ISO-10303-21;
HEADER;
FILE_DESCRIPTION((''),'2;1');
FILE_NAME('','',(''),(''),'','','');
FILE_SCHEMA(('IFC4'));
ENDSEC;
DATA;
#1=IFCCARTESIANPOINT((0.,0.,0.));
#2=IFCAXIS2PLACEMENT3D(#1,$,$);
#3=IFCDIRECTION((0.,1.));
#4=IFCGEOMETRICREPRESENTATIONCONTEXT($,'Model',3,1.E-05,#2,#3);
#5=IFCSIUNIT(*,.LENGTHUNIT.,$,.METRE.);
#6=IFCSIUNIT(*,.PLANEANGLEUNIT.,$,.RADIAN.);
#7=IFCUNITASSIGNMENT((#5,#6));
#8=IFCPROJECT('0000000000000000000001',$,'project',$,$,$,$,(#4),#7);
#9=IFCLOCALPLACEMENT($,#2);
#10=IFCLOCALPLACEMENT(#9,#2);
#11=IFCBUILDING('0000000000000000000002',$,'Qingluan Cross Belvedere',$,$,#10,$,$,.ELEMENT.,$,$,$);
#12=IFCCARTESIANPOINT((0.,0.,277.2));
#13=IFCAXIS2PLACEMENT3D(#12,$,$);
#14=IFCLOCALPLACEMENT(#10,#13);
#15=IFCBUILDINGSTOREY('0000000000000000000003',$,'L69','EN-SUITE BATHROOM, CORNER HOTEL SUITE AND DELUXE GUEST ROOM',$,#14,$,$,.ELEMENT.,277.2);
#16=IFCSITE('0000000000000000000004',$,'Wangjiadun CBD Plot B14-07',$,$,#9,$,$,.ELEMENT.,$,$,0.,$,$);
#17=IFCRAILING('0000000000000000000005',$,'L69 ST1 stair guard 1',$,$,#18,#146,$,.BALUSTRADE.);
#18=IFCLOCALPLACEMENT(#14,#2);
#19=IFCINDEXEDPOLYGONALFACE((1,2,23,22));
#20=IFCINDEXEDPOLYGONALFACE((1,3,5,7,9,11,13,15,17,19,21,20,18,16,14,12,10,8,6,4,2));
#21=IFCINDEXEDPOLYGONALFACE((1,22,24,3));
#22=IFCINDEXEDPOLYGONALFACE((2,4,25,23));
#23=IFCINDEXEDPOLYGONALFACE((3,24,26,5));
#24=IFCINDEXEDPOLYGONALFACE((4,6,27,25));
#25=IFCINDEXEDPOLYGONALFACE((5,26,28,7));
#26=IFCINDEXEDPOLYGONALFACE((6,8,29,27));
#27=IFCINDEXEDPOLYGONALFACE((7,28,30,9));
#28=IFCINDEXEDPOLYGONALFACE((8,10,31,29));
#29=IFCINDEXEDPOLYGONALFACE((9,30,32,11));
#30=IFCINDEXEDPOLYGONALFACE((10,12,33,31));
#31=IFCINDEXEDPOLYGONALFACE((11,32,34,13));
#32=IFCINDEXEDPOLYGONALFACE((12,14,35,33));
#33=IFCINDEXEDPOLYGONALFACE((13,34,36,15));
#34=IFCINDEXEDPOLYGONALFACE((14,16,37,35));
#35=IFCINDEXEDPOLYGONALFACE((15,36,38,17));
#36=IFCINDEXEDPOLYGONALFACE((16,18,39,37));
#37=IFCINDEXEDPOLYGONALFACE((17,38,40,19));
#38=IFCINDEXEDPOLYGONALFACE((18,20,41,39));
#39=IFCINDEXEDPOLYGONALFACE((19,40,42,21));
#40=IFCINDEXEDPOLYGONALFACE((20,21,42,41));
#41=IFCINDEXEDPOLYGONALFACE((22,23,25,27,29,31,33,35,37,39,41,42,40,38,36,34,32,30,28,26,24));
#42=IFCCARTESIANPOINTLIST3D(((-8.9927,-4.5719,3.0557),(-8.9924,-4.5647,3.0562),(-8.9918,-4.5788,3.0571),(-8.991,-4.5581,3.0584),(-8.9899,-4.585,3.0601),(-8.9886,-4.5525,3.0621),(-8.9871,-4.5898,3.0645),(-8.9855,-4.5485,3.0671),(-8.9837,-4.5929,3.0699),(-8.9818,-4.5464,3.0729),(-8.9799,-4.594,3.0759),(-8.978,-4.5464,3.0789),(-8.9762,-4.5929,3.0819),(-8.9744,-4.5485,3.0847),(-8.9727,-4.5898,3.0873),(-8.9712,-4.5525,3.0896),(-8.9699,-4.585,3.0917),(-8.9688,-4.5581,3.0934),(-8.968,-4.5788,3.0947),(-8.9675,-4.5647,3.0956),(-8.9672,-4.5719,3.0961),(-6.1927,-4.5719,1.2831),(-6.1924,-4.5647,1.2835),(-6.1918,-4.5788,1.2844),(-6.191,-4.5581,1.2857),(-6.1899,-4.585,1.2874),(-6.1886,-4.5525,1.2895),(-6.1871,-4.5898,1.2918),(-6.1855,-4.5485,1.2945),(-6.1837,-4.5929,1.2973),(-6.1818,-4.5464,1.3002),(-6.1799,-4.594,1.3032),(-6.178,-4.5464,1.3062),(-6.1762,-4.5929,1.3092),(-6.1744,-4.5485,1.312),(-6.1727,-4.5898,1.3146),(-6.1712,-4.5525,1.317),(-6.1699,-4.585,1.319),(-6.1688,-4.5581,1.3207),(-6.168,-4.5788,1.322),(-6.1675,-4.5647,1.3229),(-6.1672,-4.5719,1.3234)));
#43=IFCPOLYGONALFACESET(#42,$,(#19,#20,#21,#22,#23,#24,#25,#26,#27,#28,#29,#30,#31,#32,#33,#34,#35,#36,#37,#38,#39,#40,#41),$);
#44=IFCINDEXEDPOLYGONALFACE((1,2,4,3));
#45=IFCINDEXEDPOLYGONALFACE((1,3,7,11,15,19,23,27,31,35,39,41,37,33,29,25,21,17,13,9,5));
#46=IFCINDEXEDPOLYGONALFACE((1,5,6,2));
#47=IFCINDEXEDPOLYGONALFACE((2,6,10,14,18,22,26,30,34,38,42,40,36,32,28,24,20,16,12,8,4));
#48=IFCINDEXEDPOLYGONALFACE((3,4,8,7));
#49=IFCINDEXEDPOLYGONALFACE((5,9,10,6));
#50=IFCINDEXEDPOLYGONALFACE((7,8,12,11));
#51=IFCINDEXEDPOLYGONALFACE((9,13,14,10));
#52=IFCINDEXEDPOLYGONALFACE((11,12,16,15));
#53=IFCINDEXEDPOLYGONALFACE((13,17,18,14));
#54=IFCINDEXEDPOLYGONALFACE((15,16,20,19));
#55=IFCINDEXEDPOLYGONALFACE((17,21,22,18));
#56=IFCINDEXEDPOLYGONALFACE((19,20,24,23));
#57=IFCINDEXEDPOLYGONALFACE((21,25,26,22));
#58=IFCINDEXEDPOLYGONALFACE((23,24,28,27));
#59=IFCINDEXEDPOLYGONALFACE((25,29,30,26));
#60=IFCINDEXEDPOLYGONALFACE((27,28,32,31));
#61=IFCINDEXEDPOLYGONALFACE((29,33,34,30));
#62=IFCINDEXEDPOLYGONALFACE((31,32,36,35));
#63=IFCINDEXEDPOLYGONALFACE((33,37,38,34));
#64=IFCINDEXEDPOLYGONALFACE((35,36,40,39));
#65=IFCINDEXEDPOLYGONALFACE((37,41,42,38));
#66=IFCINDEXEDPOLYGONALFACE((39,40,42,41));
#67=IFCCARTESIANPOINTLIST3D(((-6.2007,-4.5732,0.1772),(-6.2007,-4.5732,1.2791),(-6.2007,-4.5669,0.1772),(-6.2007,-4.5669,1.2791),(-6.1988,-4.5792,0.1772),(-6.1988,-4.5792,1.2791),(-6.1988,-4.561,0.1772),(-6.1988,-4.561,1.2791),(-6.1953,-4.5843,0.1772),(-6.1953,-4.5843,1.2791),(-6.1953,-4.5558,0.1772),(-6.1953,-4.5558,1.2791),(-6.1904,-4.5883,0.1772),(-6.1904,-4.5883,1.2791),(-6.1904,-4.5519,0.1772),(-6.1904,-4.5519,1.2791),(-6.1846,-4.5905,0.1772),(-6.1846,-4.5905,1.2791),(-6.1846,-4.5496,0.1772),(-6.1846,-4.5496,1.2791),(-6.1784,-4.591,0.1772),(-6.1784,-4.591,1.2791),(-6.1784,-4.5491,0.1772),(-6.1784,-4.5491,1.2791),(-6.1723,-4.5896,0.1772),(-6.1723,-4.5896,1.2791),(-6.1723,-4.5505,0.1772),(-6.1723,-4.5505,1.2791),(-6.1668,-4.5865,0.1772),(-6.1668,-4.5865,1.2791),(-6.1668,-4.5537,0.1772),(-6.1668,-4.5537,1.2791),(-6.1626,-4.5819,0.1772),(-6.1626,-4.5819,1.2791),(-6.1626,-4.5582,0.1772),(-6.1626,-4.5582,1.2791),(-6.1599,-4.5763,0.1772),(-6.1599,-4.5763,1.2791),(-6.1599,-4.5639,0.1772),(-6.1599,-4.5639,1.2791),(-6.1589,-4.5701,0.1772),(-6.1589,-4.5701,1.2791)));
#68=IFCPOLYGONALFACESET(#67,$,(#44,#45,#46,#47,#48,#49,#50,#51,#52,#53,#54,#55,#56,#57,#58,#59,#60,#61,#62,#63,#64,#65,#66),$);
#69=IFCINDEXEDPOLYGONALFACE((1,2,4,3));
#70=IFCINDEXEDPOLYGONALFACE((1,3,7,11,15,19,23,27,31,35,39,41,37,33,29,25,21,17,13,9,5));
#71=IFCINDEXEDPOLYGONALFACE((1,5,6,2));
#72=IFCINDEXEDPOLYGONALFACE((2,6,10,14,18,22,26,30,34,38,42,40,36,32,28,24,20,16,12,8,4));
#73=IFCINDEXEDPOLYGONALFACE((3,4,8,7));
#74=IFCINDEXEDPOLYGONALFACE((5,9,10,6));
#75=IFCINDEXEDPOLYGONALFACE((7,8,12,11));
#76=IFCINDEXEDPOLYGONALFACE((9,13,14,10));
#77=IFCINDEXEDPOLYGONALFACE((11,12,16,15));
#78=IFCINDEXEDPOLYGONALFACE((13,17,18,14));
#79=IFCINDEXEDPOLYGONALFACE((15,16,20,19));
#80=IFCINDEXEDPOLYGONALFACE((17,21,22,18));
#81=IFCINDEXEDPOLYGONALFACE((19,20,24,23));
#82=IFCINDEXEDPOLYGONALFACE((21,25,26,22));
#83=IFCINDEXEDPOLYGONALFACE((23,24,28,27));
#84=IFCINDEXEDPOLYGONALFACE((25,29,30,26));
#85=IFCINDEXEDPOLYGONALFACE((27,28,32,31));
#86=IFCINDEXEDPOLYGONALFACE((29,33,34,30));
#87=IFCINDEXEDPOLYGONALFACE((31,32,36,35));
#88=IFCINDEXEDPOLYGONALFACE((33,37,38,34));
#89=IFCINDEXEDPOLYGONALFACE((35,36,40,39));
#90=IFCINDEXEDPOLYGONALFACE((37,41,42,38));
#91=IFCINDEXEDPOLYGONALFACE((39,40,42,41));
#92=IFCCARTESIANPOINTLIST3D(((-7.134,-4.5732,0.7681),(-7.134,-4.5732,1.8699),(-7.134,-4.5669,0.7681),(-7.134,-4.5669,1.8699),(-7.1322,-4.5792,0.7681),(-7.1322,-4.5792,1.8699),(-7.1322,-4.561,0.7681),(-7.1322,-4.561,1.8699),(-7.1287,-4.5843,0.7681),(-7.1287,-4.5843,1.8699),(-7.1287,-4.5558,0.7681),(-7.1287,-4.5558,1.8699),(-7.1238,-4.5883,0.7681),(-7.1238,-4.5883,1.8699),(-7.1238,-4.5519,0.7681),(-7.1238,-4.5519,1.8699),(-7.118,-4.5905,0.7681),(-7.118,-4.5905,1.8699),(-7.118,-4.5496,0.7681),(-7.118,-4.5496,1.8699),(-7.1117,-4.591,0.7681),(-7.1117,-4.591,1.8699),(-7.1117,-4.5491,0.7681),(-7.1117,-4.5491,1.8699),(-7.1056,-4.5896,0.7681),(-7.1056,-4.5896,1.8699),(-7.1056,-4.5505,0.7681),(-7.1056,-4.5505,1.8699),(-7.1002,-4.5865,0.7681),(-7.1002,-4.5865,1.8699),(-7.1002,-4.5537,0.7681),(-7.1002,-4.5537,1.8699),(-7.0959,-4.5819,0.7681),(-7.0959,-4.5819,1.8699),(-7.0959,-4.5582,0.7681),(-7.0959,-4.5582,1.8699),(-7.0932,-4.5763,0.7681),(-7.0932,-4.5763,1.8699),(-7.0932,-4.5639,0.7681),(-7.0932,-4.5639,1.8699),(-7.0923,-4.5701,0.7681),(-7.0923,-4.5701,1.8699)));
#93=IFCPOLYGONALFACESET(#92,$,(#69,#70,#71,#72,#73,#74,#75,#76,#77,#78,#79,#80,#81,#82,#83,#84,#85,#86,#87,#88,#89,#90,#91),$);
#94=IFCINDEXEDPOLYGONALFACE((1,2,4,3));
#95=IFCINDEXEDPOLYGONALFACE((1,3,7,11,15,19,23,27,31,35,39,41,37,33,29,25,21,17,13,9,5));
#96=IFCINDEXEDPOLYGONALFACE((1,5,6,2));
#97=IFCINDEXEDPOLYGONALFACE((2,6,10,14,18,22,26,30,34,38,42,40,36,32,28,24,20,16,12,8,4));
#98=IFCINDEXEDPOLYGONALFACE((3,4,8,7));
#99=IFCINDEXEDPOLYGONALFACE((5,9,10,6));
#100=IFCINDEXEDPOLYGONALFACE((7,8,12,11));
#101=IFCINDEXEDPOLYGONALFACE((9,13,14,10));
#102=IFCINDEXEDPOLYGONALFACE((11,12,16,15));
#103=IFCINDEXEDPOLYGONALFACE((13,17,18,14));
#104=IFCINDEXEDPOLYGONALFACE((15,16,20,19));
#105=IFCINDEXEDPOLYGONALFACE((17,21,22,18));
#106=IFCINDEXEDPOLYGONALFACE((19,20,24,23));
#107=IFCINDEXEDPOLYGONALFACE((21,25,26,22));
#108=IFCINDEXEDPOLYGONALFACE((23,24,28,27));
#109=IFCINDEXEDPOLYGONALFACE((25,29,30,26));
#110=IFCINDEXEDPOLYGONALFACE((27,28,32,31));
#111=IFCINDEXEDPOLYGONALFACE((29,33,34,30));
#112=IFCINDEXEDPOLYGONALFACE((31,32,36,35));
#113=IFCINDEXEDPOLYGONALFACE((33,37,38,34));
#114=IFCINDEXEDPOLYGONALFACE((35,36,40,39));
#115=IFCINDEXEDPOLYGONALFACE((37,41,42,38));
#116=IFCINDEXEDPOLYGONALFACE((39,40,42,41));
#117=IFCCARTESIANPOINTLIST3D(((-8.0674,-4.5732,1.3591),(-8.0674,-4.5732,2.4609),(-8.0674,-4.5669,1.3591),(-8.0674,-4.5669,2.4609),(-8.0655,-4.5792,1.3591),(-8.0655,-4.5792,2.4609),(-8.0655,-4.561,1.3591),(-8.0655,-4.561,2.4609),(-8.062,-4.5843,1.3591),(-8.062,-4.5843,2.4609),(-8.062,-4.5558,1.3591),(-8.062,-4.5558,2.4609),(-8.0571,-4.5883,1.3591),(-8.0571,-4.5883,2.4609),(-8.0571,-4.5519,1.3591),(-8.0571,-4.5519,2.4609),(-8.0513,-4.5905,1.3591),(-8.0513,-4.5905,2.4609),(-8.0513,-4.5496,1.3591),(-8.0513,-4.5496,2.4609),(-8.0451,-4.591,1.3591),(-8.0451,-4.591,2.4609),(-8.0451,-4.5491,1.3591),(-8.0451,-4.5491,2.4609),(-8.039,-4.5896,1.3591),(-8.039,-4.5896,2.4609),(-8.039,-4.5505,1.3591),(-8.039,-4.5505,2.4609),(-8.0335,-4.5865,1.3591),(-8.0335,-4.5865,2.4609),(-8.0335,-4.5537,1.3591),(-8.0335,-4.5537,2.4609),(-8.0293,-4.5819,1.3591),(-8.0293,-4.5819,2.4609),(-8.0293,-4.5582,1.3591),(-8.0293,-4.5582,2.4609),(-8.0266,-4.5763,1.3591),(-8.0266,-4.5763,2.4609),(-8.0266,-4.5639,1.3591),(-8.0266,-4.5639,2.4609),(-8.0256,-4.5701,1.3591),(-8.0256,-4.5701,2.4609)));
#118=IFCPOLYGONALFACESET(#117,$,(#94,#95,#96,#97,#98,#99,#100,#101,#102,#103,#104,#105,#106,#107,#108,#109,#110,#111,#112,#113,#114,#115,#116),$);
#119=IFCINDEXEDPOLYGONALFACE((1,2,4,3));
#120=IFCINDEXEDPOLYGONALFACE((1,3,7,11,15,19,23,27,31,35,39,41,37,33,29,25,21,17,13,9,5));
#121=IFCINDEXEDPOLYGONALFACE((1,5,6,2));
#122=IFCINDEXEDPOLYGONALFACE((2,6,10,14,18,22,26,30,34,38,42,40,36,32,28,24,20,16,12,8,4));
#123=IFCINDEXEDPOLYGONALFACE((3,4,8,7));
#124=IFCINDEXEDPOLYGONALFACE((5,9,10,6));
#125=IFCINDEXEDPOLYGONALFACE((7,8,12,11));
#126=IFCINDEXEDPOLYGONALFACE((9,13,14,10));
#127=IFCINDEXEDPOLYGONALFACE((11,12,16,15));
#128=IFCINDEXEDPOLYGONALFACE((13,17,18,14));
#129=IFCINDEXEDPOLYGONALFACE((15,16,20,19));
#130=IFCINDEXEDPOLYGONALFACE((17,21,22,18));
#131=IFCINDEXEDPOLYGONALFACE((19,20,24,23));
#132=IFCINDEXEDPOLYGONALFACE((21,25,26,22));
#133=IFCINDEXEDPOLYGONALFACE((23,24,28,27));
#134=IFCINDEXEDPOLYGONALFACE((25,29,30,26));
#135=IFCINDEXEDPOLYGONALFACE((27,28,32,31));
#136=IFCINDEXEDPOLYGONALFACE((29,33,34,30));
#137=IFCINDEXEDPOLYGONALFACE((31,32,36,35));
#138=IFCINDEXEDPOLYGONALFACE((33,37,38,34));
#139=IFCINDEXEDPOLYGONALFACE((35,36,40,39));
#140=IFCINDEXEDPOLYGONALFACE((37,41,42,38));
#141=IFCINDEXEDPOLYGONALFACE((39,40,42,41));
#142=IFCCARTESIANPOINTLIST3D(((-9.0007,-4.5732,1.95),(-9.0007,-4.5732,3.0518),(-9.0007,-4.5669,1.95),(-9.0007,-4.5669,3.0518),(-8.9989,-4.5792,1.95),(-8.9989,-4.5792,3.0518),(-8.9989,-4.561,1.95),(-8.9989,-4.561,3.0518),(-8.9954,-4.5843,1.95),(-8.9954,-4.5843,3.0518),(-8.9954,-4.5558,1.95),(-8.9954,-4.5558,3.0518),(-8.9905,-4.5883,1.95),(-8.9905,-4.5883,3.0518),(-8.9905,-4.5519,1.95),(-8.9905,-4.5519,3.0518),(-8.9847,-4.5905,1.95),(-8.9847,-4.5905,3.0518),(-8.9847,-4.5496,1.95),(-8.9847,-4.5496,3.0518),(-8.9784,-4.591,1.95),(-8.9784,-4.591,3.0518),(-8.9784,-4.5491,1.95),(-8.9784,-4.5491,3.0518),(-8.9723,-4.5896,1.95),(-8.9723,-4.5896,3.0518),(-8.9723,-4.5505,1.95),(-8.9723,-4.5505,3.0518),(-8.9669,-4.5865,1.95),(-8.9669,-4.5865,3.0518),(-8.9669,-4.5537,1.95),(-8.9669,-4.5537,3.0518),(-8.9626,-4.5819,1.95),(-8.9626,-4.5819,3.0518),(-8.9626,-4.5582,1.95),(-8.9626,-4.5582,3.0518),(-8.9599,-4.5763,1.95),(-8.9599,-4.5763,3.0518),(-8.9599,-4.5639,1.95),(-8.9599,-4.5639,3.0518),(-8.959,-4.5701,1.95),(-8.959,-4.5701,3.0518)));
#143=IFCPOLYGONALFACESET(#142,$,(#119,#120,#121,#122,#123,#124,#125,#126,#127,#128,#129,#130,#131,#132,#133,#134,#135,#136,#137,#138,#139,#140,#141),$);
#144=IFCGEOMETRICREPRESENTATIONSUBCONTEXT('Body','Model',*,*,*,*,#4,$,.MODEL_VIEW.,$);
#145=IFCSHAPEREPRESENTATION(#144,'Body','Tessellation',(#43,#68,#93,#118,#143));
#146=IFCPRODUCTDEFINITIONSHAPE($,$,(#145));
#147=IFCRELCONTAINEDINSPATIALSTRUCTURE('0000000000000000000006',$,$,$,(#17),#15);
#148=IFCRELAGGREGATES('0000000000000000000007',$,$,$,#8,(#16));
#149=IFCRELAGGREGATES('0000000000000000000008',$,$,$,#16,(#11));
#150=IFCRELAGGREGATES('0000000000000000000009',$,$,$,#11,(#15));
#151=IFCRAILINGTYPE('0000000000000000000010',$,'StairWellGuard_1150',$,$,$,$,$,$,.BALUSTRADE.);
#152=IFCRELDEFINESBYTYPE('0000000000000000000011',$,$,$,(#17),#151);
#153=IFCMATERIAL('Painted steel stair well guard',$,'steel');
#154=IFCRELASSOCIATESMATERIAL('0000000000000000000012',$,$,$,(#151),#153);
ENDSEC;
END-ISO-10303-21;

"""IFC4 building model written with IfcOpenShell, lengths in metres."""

from ifc_helpers import new_model, si_unit, direction, frame, origin, origin_2d, place, context, subcontext, project, spatial, circle, extrude, material, type_object, element, save


model = new_model("IFC4")

# Units and contexts
model_context = context("Model", 3, precision=1e-05, world=origin(), true_north=direction((0.0, 1.0)))
body_context = subcontext(model_context, "Body", "Model", "MODEL_VIEW")
ifc_project = project(units=[si_unit("LENGTHUNIT", "METRE"), si_unit("PLANEANGLEUNIT", "RADIAN")], contexts=[model_context])

# Site, building, storey
site_placement = place(None, origin())
site = spatial("IfcSite", under=ifc_project, at=site_placement, Name="Wangjiadun CBD Plot B14-07", CompositionType="ELEMENT", RefElevation=0.0)
building_placement = place(site_placement, origin())
building = spatial("IfcBuilding", under=site, at=building_placement, Name="Qingluan Cross Belvedere", CompositionType="ELEMENT")
storey_placement = place(building_placement, frame((0.0, 0.0, 277.2)))
storey = spatial("IfcBuildingStorey", under=building, at=storey_placement, Name="L69", Description="EN-SUITE BATHROOM, CORNER HOTEL SUITE AND DELUXE GUEST ROOM", CompositionType="ELEMENT", Elevation=277.2)

# Railing
ifc_material_1 = material(Name="Painted steel stair well guard", Category="steel")
railing_type_1 = type_object("IfcRailingType", Name="StairWellGuard_1150", PredefinedType="BALUSTRADE", material=ifc_material_1)
railing_1_placement = place(storey_placement, frame((-6.1799, -4.5701, 0.1772)))
element("IfcRailing", 1, at=railing_1_placement, inside=storey, type_object=railing_type_1, Name="L69 ST1 stair guard 1", PredefinedType="BALUSTRADE", context=body_context, shape_type="SweptSolid", body=[
    extrude(circle(Radius=0.0239, at=origin_2d()), frame((0.0, 0.0, 1.126), z_axis=(-0.844909, 0.0, 0.53491), x_axis=(0.0, -1.0, 0.0)), (0.0, 0.0, 1.0), 3.314),
    extrude(circle(Radius=0.021, at=origin_2d()), origin(), (0.0, 0.0, 1.0), 1.1018),
    extrude(circle(Radius=0.021, at=origin_2d()), frame((-0.9333, 0.0, 0.5908)), (0.0, 0.0, 1.0), 1.1018),
    extrude(circle(Radius=0.021, at=origin_2d()), frame((-1.8667, 0.0, 1.1819)), (0.0, 0.0, 1.0), 1.1018),
    extrude(circle(Radius=0.021, at=origin_2d()), frame((-2.8, 0.0, 1.7727)), (0.0, 0.0, 1.0), 1.1018),
])

save(model, "model.ifc")
